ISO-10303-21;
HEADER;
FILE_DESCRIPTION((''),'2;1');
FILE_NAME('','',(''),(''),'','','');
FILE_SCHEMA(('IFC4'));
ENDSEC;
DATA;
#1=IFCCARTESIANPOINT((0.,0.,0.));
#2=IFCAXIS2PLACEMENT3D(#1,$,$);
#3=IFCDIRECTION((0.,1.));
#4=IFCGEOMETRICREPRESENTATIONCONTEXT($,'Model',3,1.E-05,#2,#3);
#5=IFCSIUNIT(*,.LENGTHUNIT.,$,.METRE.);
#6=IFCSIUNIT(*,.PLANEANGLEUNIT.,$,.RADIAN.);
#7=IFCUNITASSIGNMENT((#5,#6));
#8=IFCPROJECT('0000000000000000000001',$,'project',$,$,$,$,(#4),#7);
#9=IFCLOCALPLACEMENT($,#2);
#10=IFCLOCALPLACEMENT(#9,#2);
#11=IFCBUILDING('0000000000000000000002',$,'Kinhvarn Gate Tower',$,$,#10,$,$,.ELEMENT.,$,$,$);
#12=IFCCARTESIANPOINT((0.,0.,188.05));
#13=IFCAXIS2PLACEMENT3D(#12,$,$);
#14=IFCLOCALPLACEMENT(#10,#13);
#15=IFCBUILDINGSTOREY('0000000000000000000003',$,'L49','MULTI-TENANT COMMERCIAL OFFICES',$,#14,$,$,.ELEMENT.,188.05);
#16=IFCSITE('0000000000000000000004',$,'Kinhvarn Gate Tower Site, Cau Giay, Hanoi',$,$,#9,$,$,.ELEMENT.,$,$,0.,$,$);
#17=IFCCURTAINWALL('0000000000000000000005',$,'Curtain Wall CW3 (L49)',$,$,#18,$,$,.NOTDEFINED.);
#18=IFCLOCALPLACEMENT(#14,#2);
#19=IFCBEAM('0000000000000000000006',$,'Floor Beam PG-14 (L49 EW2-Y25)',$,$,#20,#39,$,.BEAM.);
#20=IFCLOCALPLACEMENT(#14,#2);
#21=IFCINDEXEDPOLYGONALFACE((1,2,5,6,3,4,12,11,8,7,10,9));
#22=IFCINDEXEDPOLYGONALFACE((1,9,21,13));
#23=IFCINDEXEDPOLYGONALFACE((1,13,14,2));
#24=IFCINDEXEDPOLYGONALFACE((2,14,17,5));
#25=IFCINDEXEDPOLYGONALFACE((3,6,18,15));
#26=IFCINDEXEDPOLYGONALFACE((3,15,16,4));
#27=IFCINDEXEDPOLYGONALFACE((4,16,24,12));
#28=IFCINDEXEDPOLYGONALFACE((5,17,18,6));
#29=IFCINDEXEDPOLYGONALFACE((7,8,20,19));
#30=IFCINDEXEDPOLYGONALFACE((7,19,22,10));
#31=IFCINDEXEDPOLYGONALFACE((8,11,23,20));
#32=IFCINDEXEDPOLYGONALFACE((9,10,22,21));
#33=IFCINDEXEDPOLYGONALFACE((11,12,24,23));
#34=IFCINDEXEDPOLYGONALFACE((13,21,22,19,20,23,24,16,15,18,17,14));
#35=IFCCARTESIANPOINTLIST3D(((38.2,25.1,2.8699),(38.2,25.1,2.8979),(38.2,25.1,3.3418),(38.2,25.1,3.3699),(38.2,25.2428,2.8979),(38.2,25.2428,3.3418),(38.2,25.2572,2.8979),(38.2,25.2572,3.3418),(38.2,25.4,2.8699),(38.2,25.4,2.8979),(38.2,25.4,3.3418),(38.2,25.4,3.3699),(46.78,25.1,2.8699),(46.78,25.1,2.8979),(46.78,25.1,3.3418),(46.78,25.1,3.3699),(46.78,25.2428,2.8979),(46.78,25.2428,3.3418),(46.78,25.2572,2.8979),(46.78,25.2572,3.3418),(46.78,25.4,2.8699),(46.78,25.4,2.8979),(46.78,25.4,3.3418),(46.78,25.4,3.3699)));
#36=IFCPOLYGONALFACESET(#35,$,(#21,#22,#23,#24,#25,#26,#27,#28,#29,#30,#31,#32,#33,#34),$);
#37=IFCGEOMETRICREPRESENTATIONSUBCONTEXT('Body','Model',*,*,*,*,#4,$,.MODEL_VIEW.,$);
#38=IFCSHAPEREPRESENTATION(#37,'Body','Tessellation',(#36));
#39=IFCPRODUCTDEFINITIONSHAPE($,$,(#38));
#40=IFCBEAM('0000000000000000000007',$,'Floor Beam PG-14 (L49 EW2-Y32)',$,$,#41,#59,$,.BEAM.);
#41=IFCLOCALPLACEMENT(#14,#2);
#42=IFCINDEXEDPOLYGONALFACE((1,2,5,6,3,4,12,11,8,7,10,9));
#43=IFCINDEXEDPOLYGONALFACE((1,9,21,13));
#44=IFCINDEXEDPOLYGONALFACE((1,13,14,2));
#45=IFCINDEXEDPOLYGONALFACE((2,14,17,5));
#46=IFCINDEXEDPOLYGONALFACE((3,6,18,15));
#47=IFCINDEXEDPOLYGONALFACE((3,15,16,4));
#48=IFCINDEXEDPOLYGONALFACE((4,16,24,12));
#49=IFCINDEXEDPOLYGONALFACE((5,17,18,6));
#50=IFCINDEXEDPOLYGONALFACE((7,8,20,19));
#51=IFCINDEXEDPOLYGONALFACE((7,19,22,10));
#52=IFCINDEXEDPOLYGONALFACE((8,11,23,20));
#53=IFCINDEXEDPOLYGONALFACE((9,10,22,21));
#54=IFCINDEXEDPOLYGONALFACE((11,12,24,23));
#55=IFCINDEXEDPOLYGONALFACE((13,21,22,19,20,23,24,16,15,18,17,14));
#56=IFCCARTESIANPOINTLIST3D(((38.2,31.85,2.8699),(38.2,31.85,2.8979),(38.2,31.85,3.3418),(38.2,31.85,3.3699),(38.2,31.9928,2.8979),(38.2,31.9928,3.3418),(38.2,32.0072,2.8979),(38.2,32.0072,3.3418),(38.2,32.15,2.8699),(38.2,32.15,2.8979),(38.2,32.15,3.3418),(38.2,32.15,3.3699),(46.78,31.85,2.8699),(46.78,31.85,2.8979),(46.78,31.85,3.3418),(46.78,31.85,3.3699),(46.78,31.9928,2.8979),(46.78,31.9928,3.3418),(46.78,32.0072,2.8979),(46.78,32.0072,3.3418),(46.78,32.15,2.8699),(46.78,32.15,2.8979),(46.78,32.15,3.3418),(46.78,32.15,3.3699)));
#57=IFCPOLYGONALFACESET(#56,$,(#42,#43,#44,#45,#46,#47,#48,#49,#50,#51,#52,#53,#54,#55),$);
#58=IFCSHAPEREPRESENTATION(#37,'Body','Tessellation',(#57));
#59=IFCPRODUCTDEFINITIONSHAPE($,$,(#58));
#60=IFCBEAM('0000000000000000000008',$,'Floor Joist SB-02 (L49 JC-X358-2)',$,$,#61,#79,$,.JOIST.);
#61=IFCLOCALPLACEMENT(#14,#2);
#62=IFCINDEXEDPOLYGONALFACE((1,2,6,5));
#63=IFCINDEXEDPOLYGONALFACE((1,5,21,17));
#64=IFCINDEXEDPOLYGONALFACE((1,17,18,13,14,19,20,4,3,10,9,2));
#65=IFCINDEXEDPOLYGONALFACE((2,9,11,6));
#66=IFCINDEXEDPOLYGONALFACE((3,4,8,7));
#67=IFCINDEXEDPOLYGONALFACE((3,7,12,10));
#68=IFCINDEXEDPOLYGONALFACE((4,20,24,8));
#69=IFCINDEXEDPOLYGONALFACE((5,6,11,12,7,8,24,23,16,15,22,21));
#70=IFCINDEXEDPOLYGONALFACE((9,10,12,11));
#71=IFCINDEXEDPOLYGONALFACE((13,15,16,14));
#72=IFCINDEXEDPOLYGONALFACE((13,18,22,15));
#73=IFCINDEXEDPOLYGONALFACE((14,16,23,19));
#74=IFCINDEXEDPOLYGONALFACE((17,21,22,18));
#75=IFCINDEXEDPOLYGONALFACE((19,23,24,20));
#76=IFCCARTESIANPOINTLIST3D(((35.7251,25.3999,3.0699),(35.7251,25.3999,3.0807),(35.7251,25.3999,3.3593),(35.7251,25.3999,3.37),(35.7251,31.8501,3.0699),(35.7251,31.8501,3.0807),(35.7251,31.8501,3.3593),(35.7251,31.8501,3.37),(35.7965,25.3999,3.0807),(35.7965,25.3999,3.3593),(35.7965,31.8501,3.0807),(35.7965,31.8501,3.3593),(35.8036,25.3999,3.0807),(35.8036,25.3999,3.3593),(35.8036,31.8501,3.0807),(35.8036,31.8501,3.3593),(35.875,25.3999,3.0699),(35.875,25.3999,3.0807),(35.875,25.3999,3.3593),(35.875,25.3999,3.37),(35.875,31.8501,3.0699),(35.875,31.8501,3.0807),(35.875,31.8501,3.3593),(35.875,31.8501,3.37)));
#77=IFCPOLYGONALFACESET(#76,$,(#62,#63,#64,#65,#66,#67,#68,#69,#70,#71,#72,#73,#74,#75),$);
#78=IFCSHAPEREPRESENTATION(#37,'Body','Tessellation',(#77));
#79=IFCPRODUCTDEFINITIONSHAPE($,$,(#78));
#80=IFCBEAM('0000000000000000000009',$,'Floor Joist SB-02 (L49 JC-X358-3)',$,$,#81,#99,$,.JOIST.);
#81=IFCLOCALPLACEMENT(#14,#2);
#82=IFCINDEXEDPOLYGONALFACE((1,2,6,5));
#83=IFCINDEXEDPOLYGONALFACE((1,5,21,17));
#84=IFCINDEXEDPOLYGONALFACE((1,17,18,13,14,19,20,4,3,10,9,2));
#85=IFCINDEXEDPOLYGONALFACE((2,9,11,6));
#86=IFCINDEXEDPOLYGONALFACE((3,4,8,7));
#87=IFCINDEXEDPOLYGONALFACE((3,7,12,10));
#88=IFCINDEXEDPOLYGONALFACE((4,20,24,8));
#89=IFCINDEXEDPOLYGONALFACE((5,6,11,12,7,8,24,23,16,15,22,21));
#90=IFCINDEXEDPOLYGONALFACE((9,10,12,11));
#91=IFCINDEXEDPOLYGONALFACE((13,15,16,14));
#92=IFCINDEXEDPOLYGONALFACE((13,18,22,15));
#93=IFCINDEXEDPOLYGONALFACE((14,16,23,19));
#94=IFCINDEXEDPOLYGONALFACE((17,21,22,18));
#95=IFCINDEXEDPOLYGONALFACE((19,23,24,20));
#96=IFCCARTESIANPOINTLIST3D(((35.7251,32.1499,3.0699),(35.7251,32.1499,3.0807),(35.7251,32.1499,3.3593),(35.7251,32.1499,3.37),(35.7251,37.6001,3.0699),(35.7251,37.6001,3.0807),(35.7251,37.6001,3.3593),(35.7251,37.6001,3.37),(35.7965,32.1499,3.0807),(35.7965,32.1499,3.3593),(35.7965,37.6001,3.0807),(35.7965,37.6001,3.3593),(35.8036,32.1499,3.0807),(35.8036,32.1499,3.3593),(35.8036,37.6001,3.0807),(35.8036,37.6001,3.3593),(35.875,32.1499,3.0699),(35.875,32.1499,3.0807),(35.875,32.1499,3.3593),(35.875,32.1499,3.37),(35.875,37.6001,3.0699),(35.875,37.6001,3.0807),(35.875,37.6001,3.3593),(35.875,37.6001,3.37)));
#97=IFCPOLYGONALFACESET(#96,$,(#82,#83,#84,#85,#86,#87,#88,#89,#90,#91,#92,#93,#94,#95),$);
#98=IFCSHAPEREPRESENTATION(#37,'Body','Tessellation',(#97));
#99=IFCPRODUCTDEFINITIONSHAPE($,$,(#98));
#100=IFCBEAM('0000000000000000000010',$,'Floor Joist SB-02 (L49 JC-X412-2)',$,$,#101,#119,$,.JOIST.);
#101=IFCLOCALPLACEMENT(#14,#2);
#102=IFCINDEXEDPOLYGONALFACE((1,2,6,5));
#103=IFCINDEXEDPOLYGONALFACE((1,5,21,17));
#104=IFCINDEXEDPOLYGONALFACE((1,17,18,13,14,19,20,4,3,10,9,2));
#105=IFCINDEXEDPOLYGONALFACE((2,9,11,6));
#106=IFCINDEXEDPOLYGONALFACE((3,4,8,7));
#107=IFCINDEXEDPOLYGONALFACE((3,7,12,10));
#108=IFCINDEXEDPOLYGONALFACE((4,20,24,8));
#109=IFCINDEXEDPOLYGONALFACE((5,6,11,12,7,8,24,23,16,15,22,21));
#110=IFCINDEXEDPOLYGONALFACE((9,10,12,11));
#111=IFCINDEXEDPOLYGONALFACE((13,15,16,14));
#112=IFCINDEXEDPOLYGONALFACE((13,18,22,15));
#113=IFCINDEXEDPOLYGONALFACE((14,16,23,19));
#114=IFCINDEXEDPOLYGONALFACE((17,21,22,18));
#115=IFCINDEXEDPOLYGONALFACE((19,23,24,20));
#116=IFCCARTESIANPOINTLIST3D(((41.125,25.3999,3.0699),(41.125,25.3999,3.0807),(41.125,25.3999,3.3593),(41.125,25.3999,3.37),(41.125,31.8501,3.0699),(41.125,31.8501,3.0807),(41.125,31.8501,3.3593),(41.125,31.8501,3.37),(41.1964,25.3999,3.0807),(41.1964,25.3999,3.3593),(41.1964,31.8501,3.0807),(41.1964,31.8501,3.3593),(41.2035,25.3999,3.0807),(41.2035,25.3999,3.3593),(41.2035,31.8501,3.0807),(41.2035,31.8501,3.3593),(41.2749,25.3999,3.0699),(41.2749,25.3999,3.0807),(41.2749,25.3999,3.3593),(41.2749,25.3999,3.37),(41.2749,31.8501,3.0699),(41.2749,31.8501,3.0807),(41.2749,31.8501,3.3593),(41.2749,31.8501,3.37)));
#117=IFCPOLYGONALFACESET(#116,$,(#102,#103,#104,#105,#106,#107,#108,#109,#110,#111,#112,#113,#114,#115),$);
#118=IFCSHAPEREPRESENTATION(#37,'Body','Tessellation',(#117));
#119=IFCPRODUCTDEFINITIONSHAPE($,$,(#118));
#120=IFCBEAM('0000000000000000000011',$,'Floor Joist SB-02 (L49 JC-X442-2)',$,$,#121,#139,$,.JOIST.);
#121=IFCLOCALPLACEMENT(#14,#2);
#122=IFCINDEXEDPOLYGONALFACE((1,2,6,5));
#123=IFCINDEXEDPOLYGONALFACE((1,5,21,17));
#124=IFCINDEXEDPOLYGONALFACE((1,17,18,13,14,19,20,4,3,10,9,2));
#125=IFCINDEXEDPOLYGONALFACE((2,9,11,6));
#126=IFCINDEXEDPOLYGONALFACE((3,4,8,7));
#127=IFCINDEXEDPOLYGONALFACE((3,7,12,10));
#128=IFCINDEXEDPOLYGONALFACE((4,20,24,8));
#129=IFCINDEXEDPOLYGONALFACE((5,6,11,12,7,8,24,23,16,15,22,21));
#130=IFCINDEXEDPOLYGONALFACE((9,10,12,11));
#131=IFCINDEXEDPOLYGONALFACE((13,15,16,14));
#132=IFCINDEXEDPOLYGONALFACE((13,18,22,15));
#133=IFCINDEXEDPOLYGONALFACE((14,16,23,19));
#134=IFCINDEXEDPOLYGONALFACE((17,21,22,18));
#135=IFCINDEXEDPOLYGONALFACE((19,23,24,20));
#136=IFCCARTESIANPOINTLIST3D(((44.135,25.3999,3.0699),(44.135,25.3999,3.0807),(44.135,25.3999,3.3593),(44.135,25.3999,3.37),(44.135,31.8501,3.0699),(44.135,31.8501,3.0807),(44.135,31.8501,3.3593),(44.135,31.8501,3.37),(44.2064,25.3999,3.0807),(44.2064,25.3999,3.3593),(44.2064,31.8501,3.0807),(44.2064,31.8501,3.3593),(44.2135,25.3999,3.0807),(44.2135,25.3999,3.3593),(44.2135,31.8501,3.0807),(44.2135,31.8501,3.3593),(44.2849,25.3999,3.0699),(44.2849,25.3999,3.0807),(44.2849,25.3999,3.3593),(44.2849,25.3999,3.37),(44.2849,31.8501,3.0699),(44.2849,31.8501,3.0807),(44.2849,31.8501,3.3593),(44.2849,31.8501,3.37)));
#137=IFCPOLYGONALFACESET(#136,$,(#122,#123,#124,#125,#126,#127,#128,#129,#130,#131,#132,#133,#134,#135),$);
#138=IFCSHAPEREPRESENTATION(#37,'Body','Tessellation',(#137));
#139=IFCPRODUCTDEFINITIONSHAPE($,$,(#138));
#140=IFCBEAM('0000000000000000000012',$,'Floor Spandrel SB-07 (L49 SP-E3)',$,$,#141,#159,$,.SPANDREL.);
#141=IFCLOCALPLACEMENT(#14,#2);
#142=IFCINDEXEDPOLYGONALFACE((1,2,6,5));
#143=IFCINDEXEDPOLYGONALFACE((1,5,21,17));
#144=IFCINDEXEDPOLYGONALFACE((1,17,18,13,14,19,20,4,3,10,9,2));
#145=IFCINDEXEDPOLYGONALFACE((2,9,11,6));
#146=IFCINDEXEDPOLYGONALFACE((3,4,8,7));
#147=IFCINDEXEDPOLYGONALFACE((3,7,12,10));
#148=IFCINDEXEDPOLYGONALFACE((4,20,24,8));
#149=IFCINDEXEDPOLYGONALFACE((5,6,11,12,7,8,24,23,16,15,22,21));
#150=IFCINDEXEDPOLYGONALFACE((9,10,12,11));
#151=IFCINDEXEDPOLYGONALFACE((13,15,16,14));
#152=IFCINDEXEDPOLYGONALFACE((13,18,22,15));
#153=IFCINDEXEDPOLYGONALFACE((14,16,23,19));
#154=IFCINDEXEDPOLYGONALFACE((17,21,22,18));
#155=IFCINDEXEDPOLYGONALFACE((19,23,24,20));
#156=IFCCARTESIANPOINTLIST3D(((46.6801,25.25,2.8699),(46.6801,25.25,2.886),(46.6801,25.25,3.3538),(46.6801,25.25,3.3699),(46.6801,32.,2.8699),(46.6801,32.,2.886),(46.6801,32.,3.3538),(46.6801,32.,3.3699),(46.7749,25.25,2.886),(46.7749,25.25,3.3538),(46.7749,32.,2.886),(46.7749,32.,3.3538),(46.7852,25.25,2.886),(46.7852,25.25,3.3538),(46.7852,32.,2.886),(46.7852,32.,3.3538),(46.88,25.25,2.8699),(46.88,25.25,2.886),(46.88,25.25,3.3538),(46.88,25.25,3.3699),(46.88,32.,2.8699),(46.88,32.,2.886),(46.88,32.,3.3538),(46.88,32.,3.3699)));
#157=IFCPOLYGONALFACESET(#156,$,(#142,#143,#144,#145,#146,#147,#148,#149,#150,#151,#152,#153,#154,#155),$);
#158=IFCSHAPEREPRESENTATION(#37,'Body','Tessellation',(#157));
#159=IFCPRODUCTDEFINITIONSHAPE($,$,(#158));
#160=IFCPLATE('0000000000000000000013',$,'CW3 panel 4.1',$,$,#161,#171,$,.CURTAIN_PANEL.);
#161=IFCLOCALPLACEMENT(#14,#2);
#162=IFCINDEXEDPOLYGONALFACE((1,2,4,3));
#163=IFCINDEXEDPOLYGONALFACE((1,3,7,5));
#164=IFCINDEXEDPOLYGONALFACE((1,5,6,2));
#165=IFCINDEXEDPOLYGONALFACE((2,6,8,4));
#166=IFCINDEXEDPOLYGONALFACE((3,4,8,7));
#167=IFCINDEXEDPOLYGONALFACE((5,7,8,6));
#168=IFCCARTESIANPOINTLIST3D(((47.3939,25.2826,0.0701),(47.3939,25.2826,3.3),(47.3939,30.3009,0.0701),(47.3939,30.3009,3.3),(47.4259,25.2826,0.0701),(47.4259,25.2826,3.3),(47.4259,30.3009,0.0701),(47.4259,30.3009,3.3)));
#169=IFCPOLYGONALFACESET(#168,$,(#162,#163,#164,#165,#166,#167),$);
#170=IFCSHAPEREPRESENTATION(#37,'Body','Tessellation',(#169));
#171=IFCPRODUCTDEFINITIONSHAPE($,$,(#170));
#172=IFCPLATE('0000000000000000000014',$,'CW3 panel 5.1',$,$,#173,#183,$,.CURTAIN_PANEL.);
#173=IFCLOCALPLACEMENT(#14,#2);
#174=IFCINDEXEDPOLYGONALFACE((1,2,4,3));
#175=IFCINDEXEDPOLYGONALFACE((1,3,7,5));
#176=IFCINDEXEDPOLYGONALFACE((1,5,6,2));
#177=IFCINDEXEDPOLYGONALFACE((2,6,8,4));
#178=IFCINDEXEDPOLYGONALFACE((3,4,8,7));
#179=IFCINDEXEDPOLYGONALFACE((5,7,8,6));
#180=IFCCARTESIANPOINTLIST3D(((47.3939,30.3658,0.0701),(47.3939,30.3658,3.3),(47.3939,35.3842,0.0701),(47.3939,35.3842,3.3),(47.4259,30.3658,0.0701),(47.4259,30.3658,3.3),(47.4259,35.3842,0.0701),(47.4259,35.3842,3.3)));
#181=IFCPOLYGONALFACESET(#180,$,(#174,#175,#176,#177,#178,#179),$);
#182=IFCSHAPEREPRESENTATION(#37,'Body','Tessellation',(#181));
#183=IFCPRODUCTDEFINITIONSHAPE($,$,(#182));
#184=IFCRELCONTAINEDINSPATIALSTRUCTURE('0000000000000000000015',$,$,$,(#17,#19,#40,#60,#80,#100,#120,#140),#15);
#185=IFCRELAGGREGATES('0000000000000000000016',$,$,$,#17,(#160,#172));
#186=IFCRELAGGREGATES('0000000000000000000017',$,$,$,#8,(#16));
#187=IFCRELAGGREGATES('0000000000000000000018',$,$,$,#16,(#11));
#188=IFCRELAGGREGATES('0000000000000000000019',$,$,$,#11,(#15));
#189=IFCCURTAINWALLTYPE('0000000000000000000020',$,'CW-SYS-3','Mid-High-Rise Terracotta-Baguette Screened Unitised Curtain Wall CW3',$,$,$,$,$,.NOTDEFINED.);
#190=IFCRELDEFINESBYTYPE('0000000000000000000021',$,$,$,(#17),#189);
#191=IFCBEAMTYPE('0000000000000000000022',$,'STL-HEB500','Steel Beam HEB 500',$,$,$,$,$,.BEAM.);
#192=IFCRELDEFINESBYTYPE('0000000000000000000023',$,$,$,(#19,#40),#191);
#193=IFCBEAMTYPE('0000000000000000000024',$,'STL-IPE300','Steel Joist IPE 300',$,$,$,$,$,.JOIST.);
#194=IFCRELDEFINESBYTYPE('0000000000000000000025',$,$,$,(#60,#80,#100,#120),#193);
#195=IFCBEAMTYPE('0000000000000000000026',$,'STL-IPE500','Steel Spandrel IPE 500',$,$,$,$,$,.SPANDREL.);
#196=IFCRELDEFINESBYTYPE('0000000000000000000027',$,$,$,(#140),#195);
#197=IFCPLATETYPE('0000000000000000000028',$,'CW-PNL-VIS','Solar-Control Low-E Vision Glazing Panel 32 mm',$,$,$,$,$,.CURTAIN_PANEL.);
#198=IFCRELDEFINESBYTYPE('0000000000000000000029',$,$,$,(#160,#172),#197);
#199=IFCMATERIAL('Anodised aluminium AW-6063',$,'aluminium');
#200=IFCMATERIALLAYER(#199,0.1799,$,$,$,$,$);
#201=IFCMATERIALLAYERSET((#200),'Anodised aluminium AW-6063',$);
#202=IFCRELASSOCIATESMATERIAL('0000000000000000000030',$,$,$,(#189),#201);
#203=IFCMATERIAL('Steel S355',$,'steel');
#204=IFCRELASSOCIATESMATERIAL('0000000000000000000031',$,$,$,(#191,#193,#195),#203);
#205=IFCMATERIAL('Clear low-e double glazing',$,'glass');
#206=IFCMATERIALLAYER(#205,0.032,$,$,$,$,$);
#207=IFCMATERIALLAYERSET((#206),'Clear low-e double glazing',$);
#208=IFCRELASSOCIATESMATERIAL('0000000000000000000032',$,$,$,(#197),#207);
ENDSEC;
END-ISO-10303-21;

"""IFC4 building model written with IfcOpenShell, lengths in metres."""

from ifc_helpers import new_model, si_unit, direction, frame, origin, origin_2d, place, context, subcontext, project, spatial, rectangle, i_section, extrude, material, layer, layer_set, material_profile, profile_set, type_object, element, aggregate, save


model = new_model("IFC4")

# Units and contexts
model_context = context("Model", 3, precision=1e-05, world=origin(), true_north=direction((0.0, 1.0)))
body_context = subcontext(model_context, "Body", "Model", "MODEL_VIEW")
ifc_project = project(units=[si_unit("LENGTHUNIT", "METRE"), si_unit("PLANEANGLEUNIT", "RADIAN")], contexts=[model_context])

# Site, building, storey
site_placement = place(None, origin())
site = spatial("IfcSite", under=ifc_project, at=site_placement, Name="Kinhvarn Gate Tower Site, Cau Giay, Hanoi", CompositionType="ELEMENT", RefElevation=0.0)
building_placement = place(site_placement, origin())
building = spatial("IfcBuilding", under=site, at=building_placement, Name="Kinhvarn Gate Tower", CompositionType="ELEMENT")
storey_placement = place(building_placement, frame((0.0, 0.0, 188.05)))
storey = spatial("IfcBuildingStorey", under=building, at=storey_placement, Name="L49", Description="MULTI-TENANT COMMERCIAL OFFICES", CompositionType="ELEMENT", Elevation=188.05)

# Curtain wall
ifc_material_1 = material(Name="Anodised aluminium AW-6063", Category="aluminium")
ifc_layer_1 = layer(ifc_material_1, 0.1799)
ifc_layer_set_1 = layer_set([ifc_layer_1], Name="Anodised aluminium AW-6063")
curtain_wall_type = type_object("IfcCurtainWallType", Name="CW-SYS-3", Description="Mid-High-Rise Terracotta-Baguette Screened Unitised Curtain Wall CW3", PredefinedType="NOTDEFINED", material=ifc_layer_set_1)
curtain_wall_placement = place(storey_placement, origin())
curtain_wall = element("IfcCurtainWall", 1, at=curtain_wall_placement, inside=storey, type_object=curtain_wall_type, Name="Curtain Wall CW3 (L49)", PredefinedType="NOTDEFINED")

# Beams
ifc_material_2 = material(Name="Steel S355", Category="steel")
ifc_material_profile_1 = material_profile(ifc_material_2, i_section(OverallWidth=0.3, OverallDepth=0.5, WebThickness=0.0144, FlangeThickness=0.0281, at=origin_2d()), Name="HEB 500")
ifc_profile_set_1 = profile_set([ifc_material_profile_1], Name="Steel S355")
beam_type_1 = type_object("IfcBeamType", Name="STL-HEB500", Description="Steel Beam HEB 500", PredefinedType="BEAM", material=ifc_profile_set_1)
for number, where, z_axis, x_axis, name in (
    (2, (38.2, 25.25, 3.1199), (1.0, 0.0, 0.0), (0.0, 1.0, 0.0), "Floor Beam PG-14 (L49 EW2-Y25)"),
    (3, (38.2, 32.0, 3.1199), (1.0, 0.0, 0.0), (0.0, 1.0, 0.0), "Floor Beam PG-14 (L49 EW2-Y32)"),
):
    element("IfcBeam", number, at=place(storey_placement, frame(where, z_axis=z_axis, x_axis=x_axis)), inside=storey, type_object=beam_type_1, Name=name, PredefinedType="BEAM", context=body_context, shape_type="SweptSolid", body=[
        extrude(i_section(OverallWidth=0.3, OverallDepth=0.5, WebThickness=0.0144, FlangeThickness=0.0281, at=origin_2d()), origin(), (0.0, 0.0, 1.0), 8.5801),
    ])
ifc_material_profile_2 = material_profile(ifc_material_2, i_section(OverallWidth=0.1499, OverallDepth=0.3, WebThickness=0.0071, FlangeThickness=0.0107, at=origin_2d()), Name="IPE 300")
ifc_profile_set_2 = profile_set([ifc_material_profile_2], Name="Steel S355")
beam_type_2 = type_object("IfcBeamType", Name="STL-IPE300", Description="Steel Joist IPE 300", PredefinedType="JOIST", material=ifc_profile_set_2)
beam_1_placement = place(storey_placement, frame((35.8, 25.3999, 3.22), z_axis=(0.0, 1.0, 0.0), x_axis=(-1.0, 0.0, 0.0)))
element("IfcBeam", 4, at=beam_1_placement, inside=storey, type_object=beam_type_2, Name="Floor Joist SB-02 (L49 JC-X358-2)", PredefinedType="JOIST", context=body_context, shape_type="SweptSolid", body=[
    extrude(i_section(OverallWidth=0.1499, OverallDepth=0.3, WebThickness=0.0071, FlangeThickness=0.0107, at=origin_2d()), origin(), (0.0, 0.0, 1.0), 6.4502),
])
beam_2_placement = place(storey_placement, frame((35.8, 32.1499, 3.22), z_axis=(0.0, 1.0, 0.0), x_axis=(-1.0, 0.0, 0.0)))
element("IfcBeam", 5, at=beam_2_placement, inside=storey, type_object=beam_type_2, Name="Floor Joist SB-02 (L49 JC-X358-3)", PredefinedType="JOIST", context=body_context, shape_type="SweptSolid", body=[
    extrude(i_section(OverallWidth=0.1499, OverallDepth=0.3, WebThickness=0.0071, FlangeThickness=0.0107, at=origin_2d()), origin(), (0.0, 0.0, 1.0), 5.4502),
])
for number, where, z_axis, x_axis, name in (
    (6, (41.2, 25.3999, 3.22), (0.0, 1.0, 0.0), (-1.0, 0.0, 0.0), "Floor Joist SB-02 (L49 JC-X412-2)"),
    (7, (44.21, 25.3999, 3.22), (0.0, 1.0, 0.0), (-1.0, 0.0, 0.0), "Floor Joist SB-02 (L49 JC-X442-2)"),
):
    element("IfcBeam", number, at=place(storey_placement, frame(where, z_axis=z_axis, x_axis=x_axis)), inside=storey, type_object=beam_type_2, Name=name, PredefinedType="JOIST", context=body_context, shape_type="SweptSolid", body=[
        extrude(i_section(OverallWidth=0.1499, OverallDepth=0.3, WebThickness=0.0071, FlangeThickness=0.0107, at=origin_2d()), origin(), (0.0, 0.0, 1.0), 6.4502),
    ])
ifc_material_profile_3 = material_profile(ifc_material_2, i_section(OverallWidth=0.2, OverallDepth=0.5, WebThickness=0.0103, FlangeThickness=0.0161, at=origin_2d()), Name="IPE 500")
ifc_profile_set_3 = profile_set([ifc_material_profile_3], Name="Steel S355")
beam_type_3 = type_object("IfcBeamType", Name="STL-IPE500", Description="Steel Spandrel IPE 500", PredefinedType="SPANDREL", material=ifc_profile_set_3)
beam_3_placement = place(storey_placement, frame((46.78, 25.25, 3.1199), z_axis=(0.0, 1.0, 0.0), x_axis=(-1.0, 0.0, 0.0)))
element("IfcBeam", 8, at=beam_3_placement, inside=storey, type_object=beam_type_3, Name="Floor Spandrel SB-07 (L49 SP-E3)", PredefinedType="SPANDREL", context=body_context, shape_type="SweptSolid", body=[
    extrude(i_section(OverallWidth=0.2, OverallDepth=0.5, WebThickness=0.0103, FlangeThickness=0.0161, at=origin_2d()), origin(), (0.0, 0.0, 1.0), 6.75),
])

# Plates
ifc_material_3 = material(Name="Clear low-e double glazing", Category="glass")
ifc_layer_2 = layer(ifc_material_3, 0.032)
ifc_layer_set_2 = layer_set([ifc_layer_2], Name="Clear low-e double glazing")
plate_type = type_object("IfcPlateType", Name="CW-PNL-VIS", Description="Solar-Control Low-E Vision Glazing Panel 32 mm", PredefinedType="CURTAIN_PANEL", material=ifc_layer_set_2)
plate_1_placement = place(storey_placement, frame((47.4099, 27.7917, 0.0701), z_axis=(0.0, 0.0, 1.0), x_axis=(0.0, 1.0, 0.0)))
plate_1 = element("IfcPlate", 9, at=plate_1_placement, type_object=plate_type, Name="CW3 panel 4.1", PredefinedType="CURTAIN_PANEL", context=body_context, shape_type="SweptSolid", body=[
    extrude(rectangle(XDim=5.0183, YDim=0.032, at=origin_2d()), origin(), (0.0, 0.0, 1.0), 3.23),
])
plate_2_placement = place(storey_placement, frame((47.4099, 32.875, 0.0701), z_axis=(0.0, 0.0, 1.0), x_axis=(0.0, 1.0, 0.0)))
plate_2 = element("IfcPlate", 10, at=plate_2_placement, type_object=plate_type, Name="CW3 panel 5.1", PredefinedType="CURTAIN_PANEL", context=body_context, shape_type="SweptSolid", body=[
    extrude(rectangle(XDim=5.0183, YDim=0.032, at=origin_2d()), origin(), (0.0, 0.0, 1.0), 3.23),
])
aggregate(curtain_wall, [plate_1, plate_2])

save(model, "model.ifc")
